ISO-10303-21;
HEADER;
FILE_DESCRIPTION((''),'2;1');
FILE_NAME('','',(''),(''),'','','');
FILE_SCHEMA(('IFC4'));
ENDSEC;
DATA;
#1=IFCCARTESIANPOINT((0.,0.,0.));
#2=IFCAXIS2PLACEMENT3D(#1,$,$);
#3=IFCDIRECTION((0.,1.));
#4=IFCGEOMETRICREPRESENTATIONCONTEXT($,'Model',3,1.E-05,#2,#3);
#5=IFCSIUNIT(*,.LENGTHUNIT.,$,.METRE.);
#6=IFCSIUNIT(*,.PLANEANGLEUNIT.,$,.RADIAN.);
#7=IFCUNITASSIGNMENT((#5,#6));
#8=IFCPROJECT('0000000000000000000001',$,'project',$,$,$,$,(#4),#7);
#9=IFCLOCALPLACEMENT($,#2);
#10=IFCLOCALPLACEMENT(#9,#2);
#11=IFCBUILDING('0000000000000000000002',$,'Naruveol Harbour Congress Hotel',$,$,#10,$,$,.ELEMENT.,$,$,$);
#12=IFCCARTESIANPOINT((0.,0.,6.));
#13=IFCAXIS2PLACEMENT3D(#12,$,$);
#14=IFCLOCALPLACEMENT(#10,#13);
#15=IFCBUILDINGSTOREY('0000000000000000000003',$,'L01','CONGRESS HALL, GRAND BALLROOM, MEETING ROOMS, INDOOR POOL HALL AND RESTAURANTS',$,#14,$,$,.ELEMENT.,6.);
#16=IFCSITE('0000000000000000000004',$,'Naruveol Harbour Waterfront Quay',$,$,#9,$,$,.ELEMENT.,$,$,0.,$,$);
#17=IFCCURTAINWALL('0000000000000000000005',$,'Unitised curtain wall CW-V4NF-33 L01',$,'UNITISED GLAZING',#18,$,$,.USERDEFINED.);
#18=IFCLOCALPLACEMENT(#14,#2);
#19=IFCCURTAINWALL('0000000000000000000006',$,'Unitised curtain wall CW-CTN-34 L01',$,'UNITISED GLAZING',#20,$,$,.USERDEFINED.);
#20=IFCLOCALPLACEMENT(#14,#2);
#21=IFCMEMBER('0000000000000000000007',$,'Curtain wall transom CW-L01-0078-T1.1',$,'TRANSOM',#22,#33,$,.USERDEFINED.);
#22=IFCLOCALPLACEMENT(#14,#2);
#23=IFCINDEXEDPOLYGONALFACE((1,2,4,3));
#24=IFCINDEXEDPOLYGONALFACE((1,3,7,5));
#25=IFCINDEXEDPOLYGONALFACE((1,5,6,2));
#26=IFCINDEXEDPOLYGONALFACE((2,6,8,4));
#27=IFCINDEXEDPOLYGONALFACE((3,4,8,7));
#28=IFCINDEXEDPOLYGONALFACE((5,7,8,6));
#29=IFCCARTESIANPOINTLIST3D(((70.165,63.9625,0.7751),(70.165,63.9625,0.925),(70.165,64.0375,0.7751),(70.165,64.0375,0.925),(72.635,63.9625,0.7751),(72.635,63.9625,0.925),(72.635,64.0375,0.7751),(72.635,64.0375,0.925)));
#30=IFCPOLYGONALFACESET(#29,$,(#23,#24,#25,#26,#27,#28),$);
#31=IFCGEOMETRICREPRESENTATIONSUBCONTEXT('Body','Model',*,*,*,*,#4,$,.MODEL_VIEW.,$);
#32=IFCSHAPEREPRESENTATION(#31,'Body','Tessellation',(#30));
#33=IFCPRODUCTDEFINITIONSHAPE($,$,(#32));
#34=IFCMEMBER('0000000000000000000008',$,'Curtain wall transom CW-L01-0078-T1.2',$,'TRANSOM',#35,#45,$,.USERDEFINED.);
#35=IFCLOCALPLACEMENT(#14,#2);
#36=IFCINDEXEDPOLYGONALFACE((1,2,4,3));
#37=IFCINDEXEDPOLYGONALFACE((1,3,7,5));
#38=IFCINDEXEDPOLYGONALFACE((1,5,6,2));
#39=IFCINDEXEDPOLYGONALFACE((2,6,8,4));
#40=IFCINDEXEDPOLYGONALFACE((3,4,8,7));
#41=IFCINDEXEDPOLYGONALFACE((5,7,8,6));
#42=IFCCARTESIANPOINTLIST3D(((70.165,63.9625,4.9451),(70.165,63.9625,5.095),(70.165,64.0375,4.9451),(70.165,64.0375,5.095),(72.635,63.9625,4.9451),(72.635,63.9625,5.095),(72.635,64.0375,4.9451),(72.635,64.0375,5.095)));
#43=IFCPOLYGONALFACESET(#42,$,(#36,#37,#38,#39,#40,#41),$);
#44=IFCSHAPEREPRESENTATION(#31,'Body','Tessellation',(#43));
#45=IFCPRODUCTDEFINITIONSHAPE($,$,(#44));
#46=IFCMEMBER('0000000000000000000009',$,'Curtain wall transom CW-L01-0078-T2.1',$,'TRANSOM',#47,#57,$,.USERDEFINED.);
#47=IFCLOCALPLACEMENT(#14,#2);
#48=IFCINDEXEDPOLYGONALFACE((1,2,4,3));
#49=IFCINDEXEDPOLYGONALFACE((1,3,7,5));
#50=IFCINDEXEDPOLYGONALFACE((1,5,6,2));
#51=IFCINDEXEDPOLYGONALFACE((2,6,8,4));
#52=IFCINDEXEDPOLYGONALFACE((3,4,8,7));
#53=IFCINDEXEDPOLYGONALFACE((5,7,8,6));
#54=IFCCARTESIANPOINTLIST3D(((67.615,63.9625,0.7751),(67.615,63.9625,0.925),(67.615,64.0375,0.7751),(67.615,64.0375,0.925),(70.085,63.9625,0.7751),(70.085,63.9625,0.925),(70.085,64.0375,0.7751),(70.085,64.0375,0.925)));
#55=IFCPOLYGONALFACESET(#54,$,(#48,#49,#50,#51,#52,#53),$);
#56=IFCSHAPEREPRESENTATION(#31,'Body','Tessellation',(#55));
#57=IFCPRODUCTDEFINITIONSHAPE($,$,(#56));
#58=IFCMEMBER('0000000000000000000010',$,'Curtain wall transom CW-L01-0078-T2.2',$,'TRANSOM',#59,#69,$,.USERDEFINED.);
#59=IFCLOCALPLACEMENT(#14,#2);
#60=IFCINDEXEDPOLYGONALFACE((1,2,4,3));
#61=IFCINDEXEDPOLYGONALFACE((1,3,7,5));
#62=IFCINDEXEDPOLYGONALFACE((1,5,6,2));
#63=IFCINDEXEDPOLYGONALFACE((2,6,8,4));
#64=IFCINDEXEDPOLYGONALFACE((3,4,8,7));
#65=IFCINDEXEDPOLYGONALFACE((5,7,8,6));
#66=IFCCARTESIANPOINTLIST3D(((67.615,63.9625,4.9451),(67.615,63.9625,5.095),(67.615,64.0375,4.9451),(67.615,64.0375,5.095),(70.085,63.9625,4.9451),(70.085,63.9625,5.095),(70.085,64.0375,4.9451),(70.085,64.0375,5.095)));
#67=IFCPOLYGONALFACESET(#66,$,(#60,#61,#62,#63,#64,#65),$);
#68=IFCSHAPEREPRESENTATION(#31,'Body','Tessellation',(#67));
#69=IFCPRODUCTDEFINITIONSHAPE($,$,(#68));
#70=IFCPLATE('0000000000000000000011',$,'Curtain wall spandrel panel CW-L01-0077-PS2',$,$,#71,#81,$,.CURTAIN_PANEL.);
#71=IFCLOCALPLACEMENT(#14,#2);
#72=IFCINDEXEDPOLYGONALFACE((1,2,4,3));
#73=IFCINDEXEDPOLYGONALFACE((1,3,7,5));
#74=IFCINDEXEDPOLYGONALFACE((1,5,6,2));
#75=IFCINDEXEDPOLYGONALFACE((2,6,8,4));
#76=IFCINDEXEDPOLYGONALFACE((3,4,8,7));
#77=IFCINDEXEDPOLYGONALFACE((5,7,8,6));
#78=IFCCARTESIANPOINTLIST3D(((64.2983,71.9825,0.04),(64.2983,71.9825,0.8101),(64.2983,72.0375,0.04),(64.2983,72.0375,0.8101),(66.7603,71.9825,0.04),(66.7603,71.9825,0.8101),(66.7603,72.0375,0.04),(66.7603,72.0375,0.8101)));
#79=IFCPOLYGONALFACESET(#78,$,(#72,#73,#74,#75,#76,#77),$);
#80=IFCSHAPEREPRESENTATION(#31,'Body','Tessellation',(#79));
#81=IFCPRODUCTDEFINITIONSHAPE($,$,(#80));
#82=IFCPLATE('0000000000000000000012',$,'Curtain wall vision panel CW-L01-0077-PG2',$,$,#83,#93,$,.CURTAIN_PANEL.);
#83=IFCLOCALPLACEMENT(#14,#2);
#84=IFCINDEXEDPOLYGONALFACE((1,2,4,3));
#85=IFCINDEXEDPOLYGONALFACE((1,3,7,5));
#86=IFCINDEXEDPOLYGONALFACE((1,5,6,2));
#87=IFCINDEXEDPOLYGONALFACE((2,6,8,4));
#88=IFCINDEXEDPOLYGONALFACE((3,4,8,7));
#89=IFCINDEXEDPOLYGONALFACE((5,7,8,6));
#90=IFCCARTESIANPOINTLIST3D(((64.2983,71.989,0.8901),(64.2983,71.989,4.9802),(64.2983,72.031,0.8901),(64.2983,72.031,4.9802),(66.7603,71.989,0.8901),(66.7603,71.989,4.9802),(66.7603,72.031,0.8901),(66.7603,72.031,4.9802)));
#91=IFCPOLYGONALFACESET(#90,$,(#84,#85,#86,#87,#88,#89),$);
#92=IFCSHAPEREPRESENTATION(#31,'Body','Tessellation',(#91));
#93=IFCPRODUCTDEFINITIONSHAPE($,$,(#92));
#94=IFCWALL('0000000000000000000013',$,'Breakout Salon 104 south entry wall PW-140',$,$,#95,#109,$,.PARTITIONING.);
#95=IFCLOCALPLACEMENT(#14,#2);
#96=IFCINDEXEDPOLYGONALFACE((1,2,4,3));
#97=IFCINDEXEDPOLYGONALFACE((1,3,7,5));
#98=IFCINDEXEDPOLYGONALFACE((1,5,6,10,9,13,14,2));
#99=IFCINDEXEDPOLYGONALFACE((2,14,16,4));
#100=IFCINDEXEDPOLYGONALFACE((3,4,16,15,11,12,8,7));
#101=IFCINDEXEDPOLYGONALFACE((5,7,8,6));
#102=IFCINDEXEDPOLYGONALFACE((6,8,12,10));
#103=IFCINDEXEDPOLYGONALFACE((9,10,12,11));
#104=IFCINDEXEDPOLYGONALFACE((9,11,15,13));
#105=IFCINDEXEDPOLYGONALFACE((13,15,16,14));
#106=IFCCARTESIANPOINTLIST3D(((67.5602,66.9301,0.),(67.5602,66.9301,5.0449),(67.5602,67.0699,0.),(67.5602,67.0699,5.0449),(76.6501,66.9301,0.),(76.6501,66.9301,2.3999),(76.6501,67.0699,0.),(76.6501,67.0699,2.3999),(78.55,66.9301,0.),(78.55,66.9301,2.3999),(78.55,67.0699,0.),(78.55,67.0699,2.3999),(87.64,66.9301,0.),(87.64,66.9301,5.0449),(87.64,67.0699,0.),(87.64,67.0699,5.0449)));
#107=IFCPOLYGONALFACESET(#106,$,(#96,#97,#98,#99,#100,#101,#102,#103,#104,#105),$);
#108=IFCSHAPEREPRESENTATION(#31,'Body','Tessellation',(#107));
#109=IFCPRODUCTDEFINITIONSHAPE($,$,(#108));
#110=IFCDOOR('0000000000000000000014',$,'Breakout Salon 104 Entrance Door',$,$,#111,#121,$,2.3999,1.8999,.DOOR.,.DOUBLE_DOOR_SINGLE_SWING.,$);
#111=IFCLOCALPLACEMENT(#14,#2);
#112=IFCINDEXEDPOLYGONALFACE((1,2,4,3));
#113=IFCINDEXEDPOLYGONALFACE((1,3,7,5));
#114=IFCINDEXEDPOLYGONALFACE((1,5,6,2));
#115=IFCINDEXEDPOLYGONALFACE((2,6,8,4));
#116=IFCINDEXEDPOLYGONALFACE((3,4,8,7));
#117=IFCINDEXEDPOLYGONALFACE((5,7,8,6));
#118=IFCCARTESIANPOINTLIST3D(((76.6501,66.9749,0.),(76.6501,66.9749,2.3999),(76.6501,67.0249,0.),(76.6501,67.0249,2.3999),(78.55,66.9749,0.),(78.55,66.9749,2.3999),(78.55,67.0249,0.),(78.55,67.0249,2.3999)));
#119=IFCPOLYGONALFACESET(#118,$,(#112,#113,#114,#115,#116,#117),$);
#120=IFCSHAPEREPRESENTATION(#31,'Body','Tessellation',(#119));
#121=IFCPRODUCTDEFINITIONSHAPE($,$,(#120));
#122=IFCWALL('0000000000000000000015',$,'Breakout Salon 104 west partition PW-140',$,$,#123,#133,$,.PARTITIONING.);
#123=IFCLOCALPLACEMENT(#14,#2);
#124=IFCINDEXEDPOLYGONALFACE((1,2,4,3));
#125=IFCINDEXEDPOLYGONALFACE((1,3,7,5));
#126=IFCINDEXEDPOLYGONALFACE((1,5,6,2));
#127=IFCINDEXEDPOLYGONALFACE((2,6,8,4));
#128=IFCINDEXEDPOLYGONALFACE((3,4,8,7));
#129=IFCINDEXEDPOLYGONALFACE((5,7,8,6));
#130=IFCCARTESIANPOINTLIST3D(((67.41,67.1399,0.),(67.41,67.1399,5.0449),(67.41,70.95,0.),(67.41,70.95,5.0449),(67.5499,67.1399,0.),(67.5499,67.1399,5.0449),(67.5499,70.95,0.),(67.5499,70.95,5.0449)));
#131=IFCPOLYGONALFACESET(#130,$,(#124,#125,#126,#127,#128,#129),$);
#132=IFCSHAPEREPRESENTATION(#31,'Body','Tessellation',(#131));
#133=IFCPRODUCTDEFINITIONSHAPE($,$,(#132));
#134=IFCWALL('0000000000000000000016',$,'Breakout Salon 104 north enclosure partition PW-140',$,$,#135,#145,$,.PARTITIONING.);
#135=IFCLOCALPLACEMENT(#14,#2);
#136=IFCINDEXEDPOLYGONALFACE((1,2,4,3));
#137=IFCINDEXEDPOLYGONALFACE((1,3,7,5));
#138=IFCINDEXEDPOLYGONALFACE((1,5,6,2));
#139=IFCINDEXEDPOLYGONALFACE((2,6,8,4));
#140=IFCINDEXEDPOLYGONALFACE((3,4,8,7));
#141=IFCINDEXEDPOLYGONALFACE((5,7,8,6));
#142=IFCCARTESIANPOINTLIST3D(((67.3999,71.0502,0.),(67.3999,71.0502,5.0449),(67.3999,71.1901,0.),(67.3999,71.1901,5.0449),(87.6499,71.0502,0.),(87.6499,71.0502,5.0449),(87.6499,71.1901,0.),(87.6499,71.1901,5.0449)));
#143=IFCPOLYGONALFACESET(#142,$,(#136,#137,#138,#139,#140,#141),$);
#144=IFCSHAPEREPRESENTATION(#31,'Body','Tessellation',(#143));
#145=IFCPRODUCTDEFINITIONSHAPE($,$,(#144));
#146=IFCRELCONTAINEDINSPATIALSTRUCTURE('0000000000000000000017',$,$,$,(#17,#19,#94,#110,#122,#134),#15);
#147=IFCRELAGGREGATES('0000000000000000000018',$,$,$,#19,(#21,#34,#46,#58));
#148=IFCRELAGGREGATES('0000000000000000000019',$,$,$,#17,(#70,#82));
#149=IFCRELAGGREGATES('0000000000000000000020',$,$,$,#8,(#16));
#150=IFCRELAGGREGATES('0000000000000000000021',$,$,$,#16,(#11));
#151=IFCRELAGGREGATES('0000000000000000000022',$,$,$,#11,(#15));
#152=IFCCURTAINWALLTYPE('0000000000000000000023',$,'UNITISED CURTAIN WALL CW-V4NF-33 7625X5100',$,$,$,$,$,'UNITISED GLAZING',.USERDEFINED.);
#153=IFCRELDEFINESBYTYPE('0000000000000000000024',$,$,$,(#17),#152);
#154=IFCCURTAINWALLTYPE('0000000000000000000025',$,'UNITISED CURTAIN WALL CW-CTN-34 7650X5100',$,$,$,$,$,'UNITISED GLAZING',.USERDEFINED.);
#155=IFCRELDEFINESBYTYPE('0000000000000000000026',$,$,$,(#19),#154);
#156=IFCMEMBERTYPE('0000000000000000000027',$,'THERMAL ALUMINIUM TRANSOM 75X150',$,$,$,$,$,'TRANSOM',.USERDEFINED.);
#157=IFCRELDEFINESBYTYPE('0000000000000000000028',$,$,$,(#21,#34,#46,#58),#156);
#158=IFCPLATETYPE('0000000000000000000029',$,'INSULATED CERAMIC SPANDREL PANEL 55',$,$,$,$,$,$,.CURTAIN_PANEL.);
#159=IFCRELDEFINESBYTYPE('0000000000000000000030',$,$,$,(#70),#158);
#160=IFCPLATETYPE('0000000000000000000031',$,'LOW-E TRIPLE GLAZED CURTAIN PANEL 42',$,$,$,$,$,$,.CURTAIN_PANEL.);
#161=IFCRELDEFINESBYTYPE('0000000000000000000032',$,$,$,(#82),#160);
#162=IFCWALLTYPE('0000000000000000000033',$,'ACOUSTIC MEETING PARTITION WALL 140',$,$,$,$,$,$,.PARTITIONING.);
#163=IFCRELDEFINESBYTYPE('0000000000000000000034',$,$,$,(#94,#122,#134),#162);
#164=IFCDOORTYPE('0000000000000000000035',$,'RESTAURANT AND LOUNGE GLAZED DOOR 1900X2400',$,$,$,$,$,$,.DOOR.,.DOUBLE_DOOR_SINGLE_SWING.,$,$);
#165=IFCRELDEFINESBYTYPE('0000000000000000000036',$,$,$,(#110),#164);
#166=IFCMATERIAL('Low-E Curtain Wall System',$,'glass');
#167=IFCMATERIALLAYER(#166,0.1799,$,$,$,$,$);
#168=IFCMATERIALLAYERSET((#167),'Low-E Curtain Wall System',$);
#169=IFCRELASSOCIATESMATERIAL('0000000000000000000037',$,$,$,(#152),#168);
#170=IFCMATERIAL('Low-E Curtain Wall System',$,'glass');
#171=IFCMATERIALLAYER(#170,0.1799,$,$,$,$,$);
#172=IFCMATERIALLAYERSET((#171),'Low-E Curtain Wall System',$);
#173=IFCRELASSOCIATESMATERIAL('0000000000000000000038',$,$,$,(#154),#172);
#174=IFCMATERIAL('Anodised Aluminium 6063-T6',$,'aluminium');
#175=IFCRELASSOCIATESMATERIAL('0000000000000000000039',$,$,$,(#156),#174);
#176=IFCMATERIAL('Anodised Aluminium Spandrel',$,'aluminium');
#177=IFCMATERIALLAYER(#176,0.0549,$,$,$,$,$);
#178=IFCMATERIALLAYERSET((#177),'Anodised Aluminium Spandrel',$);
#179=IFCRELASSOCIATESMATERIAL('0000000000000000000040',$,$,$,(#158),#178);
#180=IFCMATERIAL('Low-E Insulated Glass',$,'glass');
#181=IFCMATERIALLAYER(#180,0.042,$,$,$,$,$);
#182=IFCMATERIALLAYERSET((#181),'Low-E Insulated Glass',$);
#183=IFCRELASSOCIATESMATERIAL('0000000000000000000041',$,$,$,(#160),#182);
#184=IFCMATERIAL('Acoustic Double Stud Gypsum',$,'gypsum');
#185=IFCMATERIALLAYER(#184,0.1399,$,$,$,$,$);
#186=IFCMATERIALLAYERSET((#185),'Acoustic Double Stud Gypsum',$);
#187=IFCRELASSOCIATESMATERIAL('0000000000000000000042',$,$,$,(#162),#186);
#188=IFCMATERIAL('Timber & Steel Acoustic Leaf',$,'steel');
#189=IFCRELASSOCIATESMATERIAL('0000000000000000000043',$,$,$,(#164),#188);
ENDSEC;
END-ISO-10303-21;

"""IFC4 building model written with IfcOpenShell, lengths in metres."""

from ifc_helpers import new_model, si_unit, direction, frame, frame_2d, origin, origin_2d, place, context, subcontext, project, spatial, rectangle, extrude, material, layer, layer_set, material_profile, profile_set, type_object, element, fill, aggregate, save


model = new_model("IFC4")

# Units and contexts
model_context = context("Model", 3, precision=1e-05, world=origin(), true_north=direction((0.0, 1.0)))
body_context = subcontext(model_context, "Body", "Model", "MODEL_VIEW")
ifc_project = project(units=[si_unit("LENGTHUNIT", "METRE"), si_unit("PLANEANGLEUNIT", "RADIAN")], contexts=[model_context])

# Site, building, storey
site_placement = place(None, origin())
site = spatial("IfcSite", under=ifc_project, at=site_placement, Name="Naruveol Harbour Waterfront Quay", CompositionType="ELEMENT", RefElevation=0.0)
building_placement = place(site_placement, origin())
building = spatial("IfcBuilding", under=site, at=building_placement, Name="Naruveol Harbour Congress Hotel", CompositionType="ELEMENT")
storey_placement = place(building_placement, frame((0.0, 0.0, 6.0)))
storey = spatial("IfcBuildingStorey", under=building, at=storey_placement, Name="L01", Description="CONGRESS HALL, GRAND BALLROOM, MEETING ROOMS, INDOOR POOL HALL AND RESTAURANTS", CompositionType="ELEMENT", Elevation=6.0)

# Curtain wall
ifc_material_1 = material(Name="Low-E Curtain Wall System", Category="glass")
ifc_layer_1 = layer(ifc_material_1, 0.1799)
ifc_layer_set_1 = layer_set([ifc_layer_1], Name="Low-E Curtain Wall System")
curtain_wall_type_1 = type_object("IfcCurtainWallType", Name="UNITISED CURTAIN WALL CW-V4NF-33 7625X5100", ElementType="UNITISED GLAZING", PredefinedType="USERDEFINED", material=ifc_layer_set_1)
curtain_wall_1_placement = place(storey_placement, origin())
curtain_wall_1 = element("IfcCurtainWall", 1, at=curtain_wall_1_placement, inside=storey, type_object=curtain_wall_type_1, Name="Unitised curtain wall CW-V4NF-33 L01", ObjectType="UNITISED GLAZING", PredefinedType="USERDEFINED")

# Curtain wall
ifc_material_2 = material(Name="Low-E Curtain Wall System", Category="glass")
ifc_layer_2 = layer(ifc_material_2, 0.1799)
ifc_layer_set_2 = layer_set([ifc_layer_2], Name="Low-E Curtain Wall System")
curtain_wall_type_2 = type_object("IfcCurtainWallType", Name="UNITISED CURTAIN WALL CW-CTN-34 7650X5100", ElementType="UNITISED GLAZING", PredefinedType="USERDEFINED", material=ifc_layer_set_2)
curtain_wall_2_placement = place(storey_placement, origin())
curtain_wall_2 = element("IfcCurtainWall", 2, at=curtain_wall_2_placement, inside=storey, type_object=curtain_wall_type_2, Name="Unitised curtain wall CW-CTN-34 L01", ObjectType="UNITISED GLAZING", PredefinedType="USERDEFINED")

# Members
ifc_material_3 = material(Name="Anodised Aluminium 6063-T6", Category="aluminium")
ifc_material_profile_1 = material_profile(ifc_material_3, rectangle(XDim=0.075, YDim=0.1499, at=origin_2d()), Name="ALU-75x150")
ifc_profile_set_1 = profile_set([ifc_material_profile_1], Name="Anodised Aluminium 6063-T6")
member_type_1 = type_object("IfcMemberType", Name="THERMAL ALUMINIUM TRANSOM 75X150", ElementType="TRANSOM", PredefinedType="USERDEFINED", material=ifc_profile_set_1)
member_1_placement = place(storey_placement, frame((72.635, 64.0, 0.8501), z_axis=(-1.0, 0.0, 0.0), x_axis=(0.0, -1.0, 0.0)))
member_1 = element("IfcMember", 3, at=member_1_placement, type_object=member_type_1, Name="Curtain wall transom CW-L01-0078-T1.1", ObjectType="TRANSOM", PredefinedType="USERDEFINED", context=body_context, shape_type="SweptSolid", body=[
    extrude(rectangle(XDim=0.075, YDim=0.1499, at=origin_2d()), origin(), (0.0, 0.0, 1.0), 2.47),
])
member_2_placement = place(storey_placement, frame((72.635, 64.0, 5.02), z_axis=(-1.0, 0.0, 0.0), x_axis=(0.0, -1.0, 0.0)))
member_2 = element("IfcMember", 4, at=member_2_placement, type_object=member_type_1, Name="Curtain wall transom CW-L01-0078-T1.2", ObjectType="TRANSOM", PredefinedType="USERDEFINED", context=body_context, shape_type="SweptSolid", body=[
    extrude(rectangle(XDim=0.075, YDim=0.1499, at=origin_2d()), origin(), (0.0, 0.0, 1.0), 2.47),
])
member_3_placement = place(storey_placement, frame((70.085, 64.0, 0.8501), z_axis=(-1.0, 0.0, 0.0), x_axis=(0.0, -1.0, 0.0)))
member_3 = element("IfcMember", 5, at=member_3_placement, type_object=member_type_1, Name="Curtain wall transom CW-L01-0078-T2.1", ObjectType="TRANSOM", PredefinedType="USERDEFINED", context=body_context, shape_type="SweptSolid", body=[
    extrude(rectangle(XDim=0.075, YDim=0.1499, at=origin_2d()), origin(), (0.0, 0.0, 1.0), 2.47),
])
member_4_placement = place(storey_placement, frame((70.085, 64.0, 5.02), z_axis=(-1.0, 0.0, 0.0), x_axis=(0.0, -1.0, 0.0)))
member_4 = element("IfcMember", 6, at=member_4_placement, type_object=member_type_1, Name="Curtain wall transom CW-L01-0078-T2.2", ObjectType="TRANSOM", PredefinedType="USERDEFINED", context=body_context, shape_type="SweptSolid", body=[
    extrude(rectangle(XDim=0.075, YDim=0.1499, at=origin_2d()), origin(), (0.0, 0.0, 1.0), 2.47),
])
aggregate(curtain_wall_2, [member_1, member_2, member_3, member_4])

# Plates
ifc_material_4 = material(Name="Anodised Aluminium Spandrel", Category="aluminium")
ifc_layer_3 = layer(ifc_material_4, 0.0549)
ifc_layer_set_3 = layer_set([ifc_layer_3], Name="Anodised Aluminium Spandrel")
plate_type_1 = type_object("IfcPlateType", Name="INSULATED CERAMIC SPANDREL PANEL 55", PredefinedType="CURTAIN_PANEL", material=ifc_layer_set_3)
plate_1_placement = place(storey_placement, frame((65.5293, 72.01, 0.04), z_axis=(0.0, 0.0, 1.0), x_axis=(1.0, 0.0, 0.0)))
plate_1 = element("IfcPlate", 7, at=plate_1_placement, type_object=plate_type_1, Name="Curtain wall spandrel panel CW-L01-0077-PS2", PredefinedType="CURTAIN_PANEL", context=body_context, shape_type="SweptSolid", body=[
    extrude(rectangle(XDim=2.4619, YDim=0.0549, at=origin_2d()), origin(), (0.0, 0.0, 1.0), 0.77),
])
ifc_material_5 = material(Name="Low-E Insulated Glass", Category="glass")
ifc_layer_4 = layer(ifc_material_5, 0.042)
ifc_layer_set_4 = layer_set([ifc_layer_4], Name="Low-E Insulated Glass")
plate_type_2 = type_object("IfcPlateType", Name="LOW-E TRIPLE GLAZED CURTAIN PANEL 42", PredefinedType="CURTAIN_PANEL", material=ifc_layer_set_4)
plate_2_placement = place(storey_placement, frame((65.5293, 72.01, 0.8901), z_axis=(0.0, 0.0, 1.0), x_axis=(1.0, 0.0, 0.0)))
plate_2 = element("IfcPlate", 8, at=plate_2_placement, type_object=plate_type_2, Name="Curtain wall vision panel CW-L01-0077-PG2", PredefinedType="CURTAIN_PANEL", context=body_context, shape_type="SweptSolid", body=[
    extrude(rectangle(XDim=2.4619, YDim=0.042, at=origin_2d()), origin(), (0.0, 0.0, 1.0), 4.0901),
])
aggregate(curtain_wall_1, [plate_1, plate_2])

# Wall, opening, door
ifc_material_6 = material(Name="Acoustic Double Stud Gypsum", Category="gypsum")
ifc_layer_5 = layer(ifc_material_6, 0.1399)
ifc_layer_set_5 = layer_set([ifc_layer_5], Name="Acoustic Double Stud Gypsum")
wall_type = type_object("IfcWallType", Name="ACOUSTIC MEETING PARTITION WALL 140", PredefinedType="PARTITIONING", material=ifc_layer_set_5)
wall_1_placement = place(storey_placement, frame((67.5601, 67.0, 0.0), z_axis=(0.0, 0.0, 1.0), x_axis=(1.0, 0.0, 0.0)))
wall_1 = element("IfcWall", 9, at=wall_1_placement, inside=storey, type_object=wall_type, Name="Breakout Salon 104 south entry wall PW-140", PredefinedType="PARTITIONING", context=body_context, shape_type="SweptSolid", body=[
    extrude(rectangle(XDim=20.0798, YDim=0.1399, at=frame_2d((10.04, 0.0))), origin(), (0.0, 0.0, 1.0), 5.0449),
])
opening_placement = place(wall_1_placement, frame((9.0901, 0.0, 0.0)))
opening = element("IfcOpeningElement", 10, at=opening_placement, cuts=wall_1, PredefinedType="OPENING", context=body_context, shape_type="SweptSolid", body=[
    extrude(rectangle(XDim=1.8999, YDim=2.3999, at=frame_2d((0.95, 1.2))), frame((0.0, 0.0798, 0.0), z_axis=(0.0, -1.0, 0.0), x_axis=(1.0, 0.0, 0.0)), (0.0, 0.0, 1.0), 0.1599),
])
ifc_material_7 = material(Name="Timber & Steel Acoustic Leaf", Category="steel")
door_type = type_object("IfcDoorType", Name="RESTAURANT AND LOUNGE GLAZED DOOR 1900X2400", OperationType="DOUBLE_DOOR_SINGLE_SWING", PredefinedType="DOOR", material=ifc_material_7)
door_placement = place(opening_placement, origin())
door = element("IfcDoor", 11, at=door_placement, inside=storey, type_object=door_type, Name="Breakout Salon 104 Entrance Door", OperationType="DOUBLE_DOOR_SINGLE_SWING", OverallHeight=2.3999, OverallWidth=1.8999, PredefinedType="DOOR", context=body_context, shape_type="SweptSolid", body=[
    extrude(rectangle(XDim=1.8999, YDim=2.3999, at=frame_2d((0.95, 1.2))), frame((0.0, 0.0249, 0.0), z_axis=(0.0, -1.0, 0.0), x_axis=(1.0, 0.0, 0.0)), (0.0, 0.0, 1.0), 0.05),
])
fill(opening, door)

# Walls
wall_2_placement = place(storey_placement, frame((67.48, 67.1399, 0.0), z_axis=(0.0, 0.0, 1.0), x_axis=(0.0, 1.0, 0.0)))
element("IfcWall", 12, at=wall_2_placement, inside=storey, type_object=wall_type, Name="Breakout Salon 104 west partition PW-140", PredefinedType="PARTITIONING", context=body_context, shape_type="SweptSolid", body=[
    extrude(rectangle(XDim=3.8101, YDim=0.1399, at=frame_2d((1.905, 0.0))), origin(), (0.0, 0.0, 1.0), 5.0449),
])
wall_3_placement = place(storey_placement, frame((67.3999, 71.1201, 0.0), z_axis=(0.0, 0.0, 1.0), x_axis=(1.0, 0.0, 0.0)))
element("IfcWall", 13, at=wall_3_placement, inside=storey, type_object=wall_type, Name="Breakout Salon 104 north enclosure partition PW-140", PredefinedType="PARTITIONING", context=body_context, shape_type="SweptSolid", body=[
    extrude(rectangle(XDim=20.25, YDim=0.1399, at=frame_2d((10.125, 0.0))), origin(), (0.0, 0.0, 1.0), 5.0449),
])

save(model, "model.ifc")
